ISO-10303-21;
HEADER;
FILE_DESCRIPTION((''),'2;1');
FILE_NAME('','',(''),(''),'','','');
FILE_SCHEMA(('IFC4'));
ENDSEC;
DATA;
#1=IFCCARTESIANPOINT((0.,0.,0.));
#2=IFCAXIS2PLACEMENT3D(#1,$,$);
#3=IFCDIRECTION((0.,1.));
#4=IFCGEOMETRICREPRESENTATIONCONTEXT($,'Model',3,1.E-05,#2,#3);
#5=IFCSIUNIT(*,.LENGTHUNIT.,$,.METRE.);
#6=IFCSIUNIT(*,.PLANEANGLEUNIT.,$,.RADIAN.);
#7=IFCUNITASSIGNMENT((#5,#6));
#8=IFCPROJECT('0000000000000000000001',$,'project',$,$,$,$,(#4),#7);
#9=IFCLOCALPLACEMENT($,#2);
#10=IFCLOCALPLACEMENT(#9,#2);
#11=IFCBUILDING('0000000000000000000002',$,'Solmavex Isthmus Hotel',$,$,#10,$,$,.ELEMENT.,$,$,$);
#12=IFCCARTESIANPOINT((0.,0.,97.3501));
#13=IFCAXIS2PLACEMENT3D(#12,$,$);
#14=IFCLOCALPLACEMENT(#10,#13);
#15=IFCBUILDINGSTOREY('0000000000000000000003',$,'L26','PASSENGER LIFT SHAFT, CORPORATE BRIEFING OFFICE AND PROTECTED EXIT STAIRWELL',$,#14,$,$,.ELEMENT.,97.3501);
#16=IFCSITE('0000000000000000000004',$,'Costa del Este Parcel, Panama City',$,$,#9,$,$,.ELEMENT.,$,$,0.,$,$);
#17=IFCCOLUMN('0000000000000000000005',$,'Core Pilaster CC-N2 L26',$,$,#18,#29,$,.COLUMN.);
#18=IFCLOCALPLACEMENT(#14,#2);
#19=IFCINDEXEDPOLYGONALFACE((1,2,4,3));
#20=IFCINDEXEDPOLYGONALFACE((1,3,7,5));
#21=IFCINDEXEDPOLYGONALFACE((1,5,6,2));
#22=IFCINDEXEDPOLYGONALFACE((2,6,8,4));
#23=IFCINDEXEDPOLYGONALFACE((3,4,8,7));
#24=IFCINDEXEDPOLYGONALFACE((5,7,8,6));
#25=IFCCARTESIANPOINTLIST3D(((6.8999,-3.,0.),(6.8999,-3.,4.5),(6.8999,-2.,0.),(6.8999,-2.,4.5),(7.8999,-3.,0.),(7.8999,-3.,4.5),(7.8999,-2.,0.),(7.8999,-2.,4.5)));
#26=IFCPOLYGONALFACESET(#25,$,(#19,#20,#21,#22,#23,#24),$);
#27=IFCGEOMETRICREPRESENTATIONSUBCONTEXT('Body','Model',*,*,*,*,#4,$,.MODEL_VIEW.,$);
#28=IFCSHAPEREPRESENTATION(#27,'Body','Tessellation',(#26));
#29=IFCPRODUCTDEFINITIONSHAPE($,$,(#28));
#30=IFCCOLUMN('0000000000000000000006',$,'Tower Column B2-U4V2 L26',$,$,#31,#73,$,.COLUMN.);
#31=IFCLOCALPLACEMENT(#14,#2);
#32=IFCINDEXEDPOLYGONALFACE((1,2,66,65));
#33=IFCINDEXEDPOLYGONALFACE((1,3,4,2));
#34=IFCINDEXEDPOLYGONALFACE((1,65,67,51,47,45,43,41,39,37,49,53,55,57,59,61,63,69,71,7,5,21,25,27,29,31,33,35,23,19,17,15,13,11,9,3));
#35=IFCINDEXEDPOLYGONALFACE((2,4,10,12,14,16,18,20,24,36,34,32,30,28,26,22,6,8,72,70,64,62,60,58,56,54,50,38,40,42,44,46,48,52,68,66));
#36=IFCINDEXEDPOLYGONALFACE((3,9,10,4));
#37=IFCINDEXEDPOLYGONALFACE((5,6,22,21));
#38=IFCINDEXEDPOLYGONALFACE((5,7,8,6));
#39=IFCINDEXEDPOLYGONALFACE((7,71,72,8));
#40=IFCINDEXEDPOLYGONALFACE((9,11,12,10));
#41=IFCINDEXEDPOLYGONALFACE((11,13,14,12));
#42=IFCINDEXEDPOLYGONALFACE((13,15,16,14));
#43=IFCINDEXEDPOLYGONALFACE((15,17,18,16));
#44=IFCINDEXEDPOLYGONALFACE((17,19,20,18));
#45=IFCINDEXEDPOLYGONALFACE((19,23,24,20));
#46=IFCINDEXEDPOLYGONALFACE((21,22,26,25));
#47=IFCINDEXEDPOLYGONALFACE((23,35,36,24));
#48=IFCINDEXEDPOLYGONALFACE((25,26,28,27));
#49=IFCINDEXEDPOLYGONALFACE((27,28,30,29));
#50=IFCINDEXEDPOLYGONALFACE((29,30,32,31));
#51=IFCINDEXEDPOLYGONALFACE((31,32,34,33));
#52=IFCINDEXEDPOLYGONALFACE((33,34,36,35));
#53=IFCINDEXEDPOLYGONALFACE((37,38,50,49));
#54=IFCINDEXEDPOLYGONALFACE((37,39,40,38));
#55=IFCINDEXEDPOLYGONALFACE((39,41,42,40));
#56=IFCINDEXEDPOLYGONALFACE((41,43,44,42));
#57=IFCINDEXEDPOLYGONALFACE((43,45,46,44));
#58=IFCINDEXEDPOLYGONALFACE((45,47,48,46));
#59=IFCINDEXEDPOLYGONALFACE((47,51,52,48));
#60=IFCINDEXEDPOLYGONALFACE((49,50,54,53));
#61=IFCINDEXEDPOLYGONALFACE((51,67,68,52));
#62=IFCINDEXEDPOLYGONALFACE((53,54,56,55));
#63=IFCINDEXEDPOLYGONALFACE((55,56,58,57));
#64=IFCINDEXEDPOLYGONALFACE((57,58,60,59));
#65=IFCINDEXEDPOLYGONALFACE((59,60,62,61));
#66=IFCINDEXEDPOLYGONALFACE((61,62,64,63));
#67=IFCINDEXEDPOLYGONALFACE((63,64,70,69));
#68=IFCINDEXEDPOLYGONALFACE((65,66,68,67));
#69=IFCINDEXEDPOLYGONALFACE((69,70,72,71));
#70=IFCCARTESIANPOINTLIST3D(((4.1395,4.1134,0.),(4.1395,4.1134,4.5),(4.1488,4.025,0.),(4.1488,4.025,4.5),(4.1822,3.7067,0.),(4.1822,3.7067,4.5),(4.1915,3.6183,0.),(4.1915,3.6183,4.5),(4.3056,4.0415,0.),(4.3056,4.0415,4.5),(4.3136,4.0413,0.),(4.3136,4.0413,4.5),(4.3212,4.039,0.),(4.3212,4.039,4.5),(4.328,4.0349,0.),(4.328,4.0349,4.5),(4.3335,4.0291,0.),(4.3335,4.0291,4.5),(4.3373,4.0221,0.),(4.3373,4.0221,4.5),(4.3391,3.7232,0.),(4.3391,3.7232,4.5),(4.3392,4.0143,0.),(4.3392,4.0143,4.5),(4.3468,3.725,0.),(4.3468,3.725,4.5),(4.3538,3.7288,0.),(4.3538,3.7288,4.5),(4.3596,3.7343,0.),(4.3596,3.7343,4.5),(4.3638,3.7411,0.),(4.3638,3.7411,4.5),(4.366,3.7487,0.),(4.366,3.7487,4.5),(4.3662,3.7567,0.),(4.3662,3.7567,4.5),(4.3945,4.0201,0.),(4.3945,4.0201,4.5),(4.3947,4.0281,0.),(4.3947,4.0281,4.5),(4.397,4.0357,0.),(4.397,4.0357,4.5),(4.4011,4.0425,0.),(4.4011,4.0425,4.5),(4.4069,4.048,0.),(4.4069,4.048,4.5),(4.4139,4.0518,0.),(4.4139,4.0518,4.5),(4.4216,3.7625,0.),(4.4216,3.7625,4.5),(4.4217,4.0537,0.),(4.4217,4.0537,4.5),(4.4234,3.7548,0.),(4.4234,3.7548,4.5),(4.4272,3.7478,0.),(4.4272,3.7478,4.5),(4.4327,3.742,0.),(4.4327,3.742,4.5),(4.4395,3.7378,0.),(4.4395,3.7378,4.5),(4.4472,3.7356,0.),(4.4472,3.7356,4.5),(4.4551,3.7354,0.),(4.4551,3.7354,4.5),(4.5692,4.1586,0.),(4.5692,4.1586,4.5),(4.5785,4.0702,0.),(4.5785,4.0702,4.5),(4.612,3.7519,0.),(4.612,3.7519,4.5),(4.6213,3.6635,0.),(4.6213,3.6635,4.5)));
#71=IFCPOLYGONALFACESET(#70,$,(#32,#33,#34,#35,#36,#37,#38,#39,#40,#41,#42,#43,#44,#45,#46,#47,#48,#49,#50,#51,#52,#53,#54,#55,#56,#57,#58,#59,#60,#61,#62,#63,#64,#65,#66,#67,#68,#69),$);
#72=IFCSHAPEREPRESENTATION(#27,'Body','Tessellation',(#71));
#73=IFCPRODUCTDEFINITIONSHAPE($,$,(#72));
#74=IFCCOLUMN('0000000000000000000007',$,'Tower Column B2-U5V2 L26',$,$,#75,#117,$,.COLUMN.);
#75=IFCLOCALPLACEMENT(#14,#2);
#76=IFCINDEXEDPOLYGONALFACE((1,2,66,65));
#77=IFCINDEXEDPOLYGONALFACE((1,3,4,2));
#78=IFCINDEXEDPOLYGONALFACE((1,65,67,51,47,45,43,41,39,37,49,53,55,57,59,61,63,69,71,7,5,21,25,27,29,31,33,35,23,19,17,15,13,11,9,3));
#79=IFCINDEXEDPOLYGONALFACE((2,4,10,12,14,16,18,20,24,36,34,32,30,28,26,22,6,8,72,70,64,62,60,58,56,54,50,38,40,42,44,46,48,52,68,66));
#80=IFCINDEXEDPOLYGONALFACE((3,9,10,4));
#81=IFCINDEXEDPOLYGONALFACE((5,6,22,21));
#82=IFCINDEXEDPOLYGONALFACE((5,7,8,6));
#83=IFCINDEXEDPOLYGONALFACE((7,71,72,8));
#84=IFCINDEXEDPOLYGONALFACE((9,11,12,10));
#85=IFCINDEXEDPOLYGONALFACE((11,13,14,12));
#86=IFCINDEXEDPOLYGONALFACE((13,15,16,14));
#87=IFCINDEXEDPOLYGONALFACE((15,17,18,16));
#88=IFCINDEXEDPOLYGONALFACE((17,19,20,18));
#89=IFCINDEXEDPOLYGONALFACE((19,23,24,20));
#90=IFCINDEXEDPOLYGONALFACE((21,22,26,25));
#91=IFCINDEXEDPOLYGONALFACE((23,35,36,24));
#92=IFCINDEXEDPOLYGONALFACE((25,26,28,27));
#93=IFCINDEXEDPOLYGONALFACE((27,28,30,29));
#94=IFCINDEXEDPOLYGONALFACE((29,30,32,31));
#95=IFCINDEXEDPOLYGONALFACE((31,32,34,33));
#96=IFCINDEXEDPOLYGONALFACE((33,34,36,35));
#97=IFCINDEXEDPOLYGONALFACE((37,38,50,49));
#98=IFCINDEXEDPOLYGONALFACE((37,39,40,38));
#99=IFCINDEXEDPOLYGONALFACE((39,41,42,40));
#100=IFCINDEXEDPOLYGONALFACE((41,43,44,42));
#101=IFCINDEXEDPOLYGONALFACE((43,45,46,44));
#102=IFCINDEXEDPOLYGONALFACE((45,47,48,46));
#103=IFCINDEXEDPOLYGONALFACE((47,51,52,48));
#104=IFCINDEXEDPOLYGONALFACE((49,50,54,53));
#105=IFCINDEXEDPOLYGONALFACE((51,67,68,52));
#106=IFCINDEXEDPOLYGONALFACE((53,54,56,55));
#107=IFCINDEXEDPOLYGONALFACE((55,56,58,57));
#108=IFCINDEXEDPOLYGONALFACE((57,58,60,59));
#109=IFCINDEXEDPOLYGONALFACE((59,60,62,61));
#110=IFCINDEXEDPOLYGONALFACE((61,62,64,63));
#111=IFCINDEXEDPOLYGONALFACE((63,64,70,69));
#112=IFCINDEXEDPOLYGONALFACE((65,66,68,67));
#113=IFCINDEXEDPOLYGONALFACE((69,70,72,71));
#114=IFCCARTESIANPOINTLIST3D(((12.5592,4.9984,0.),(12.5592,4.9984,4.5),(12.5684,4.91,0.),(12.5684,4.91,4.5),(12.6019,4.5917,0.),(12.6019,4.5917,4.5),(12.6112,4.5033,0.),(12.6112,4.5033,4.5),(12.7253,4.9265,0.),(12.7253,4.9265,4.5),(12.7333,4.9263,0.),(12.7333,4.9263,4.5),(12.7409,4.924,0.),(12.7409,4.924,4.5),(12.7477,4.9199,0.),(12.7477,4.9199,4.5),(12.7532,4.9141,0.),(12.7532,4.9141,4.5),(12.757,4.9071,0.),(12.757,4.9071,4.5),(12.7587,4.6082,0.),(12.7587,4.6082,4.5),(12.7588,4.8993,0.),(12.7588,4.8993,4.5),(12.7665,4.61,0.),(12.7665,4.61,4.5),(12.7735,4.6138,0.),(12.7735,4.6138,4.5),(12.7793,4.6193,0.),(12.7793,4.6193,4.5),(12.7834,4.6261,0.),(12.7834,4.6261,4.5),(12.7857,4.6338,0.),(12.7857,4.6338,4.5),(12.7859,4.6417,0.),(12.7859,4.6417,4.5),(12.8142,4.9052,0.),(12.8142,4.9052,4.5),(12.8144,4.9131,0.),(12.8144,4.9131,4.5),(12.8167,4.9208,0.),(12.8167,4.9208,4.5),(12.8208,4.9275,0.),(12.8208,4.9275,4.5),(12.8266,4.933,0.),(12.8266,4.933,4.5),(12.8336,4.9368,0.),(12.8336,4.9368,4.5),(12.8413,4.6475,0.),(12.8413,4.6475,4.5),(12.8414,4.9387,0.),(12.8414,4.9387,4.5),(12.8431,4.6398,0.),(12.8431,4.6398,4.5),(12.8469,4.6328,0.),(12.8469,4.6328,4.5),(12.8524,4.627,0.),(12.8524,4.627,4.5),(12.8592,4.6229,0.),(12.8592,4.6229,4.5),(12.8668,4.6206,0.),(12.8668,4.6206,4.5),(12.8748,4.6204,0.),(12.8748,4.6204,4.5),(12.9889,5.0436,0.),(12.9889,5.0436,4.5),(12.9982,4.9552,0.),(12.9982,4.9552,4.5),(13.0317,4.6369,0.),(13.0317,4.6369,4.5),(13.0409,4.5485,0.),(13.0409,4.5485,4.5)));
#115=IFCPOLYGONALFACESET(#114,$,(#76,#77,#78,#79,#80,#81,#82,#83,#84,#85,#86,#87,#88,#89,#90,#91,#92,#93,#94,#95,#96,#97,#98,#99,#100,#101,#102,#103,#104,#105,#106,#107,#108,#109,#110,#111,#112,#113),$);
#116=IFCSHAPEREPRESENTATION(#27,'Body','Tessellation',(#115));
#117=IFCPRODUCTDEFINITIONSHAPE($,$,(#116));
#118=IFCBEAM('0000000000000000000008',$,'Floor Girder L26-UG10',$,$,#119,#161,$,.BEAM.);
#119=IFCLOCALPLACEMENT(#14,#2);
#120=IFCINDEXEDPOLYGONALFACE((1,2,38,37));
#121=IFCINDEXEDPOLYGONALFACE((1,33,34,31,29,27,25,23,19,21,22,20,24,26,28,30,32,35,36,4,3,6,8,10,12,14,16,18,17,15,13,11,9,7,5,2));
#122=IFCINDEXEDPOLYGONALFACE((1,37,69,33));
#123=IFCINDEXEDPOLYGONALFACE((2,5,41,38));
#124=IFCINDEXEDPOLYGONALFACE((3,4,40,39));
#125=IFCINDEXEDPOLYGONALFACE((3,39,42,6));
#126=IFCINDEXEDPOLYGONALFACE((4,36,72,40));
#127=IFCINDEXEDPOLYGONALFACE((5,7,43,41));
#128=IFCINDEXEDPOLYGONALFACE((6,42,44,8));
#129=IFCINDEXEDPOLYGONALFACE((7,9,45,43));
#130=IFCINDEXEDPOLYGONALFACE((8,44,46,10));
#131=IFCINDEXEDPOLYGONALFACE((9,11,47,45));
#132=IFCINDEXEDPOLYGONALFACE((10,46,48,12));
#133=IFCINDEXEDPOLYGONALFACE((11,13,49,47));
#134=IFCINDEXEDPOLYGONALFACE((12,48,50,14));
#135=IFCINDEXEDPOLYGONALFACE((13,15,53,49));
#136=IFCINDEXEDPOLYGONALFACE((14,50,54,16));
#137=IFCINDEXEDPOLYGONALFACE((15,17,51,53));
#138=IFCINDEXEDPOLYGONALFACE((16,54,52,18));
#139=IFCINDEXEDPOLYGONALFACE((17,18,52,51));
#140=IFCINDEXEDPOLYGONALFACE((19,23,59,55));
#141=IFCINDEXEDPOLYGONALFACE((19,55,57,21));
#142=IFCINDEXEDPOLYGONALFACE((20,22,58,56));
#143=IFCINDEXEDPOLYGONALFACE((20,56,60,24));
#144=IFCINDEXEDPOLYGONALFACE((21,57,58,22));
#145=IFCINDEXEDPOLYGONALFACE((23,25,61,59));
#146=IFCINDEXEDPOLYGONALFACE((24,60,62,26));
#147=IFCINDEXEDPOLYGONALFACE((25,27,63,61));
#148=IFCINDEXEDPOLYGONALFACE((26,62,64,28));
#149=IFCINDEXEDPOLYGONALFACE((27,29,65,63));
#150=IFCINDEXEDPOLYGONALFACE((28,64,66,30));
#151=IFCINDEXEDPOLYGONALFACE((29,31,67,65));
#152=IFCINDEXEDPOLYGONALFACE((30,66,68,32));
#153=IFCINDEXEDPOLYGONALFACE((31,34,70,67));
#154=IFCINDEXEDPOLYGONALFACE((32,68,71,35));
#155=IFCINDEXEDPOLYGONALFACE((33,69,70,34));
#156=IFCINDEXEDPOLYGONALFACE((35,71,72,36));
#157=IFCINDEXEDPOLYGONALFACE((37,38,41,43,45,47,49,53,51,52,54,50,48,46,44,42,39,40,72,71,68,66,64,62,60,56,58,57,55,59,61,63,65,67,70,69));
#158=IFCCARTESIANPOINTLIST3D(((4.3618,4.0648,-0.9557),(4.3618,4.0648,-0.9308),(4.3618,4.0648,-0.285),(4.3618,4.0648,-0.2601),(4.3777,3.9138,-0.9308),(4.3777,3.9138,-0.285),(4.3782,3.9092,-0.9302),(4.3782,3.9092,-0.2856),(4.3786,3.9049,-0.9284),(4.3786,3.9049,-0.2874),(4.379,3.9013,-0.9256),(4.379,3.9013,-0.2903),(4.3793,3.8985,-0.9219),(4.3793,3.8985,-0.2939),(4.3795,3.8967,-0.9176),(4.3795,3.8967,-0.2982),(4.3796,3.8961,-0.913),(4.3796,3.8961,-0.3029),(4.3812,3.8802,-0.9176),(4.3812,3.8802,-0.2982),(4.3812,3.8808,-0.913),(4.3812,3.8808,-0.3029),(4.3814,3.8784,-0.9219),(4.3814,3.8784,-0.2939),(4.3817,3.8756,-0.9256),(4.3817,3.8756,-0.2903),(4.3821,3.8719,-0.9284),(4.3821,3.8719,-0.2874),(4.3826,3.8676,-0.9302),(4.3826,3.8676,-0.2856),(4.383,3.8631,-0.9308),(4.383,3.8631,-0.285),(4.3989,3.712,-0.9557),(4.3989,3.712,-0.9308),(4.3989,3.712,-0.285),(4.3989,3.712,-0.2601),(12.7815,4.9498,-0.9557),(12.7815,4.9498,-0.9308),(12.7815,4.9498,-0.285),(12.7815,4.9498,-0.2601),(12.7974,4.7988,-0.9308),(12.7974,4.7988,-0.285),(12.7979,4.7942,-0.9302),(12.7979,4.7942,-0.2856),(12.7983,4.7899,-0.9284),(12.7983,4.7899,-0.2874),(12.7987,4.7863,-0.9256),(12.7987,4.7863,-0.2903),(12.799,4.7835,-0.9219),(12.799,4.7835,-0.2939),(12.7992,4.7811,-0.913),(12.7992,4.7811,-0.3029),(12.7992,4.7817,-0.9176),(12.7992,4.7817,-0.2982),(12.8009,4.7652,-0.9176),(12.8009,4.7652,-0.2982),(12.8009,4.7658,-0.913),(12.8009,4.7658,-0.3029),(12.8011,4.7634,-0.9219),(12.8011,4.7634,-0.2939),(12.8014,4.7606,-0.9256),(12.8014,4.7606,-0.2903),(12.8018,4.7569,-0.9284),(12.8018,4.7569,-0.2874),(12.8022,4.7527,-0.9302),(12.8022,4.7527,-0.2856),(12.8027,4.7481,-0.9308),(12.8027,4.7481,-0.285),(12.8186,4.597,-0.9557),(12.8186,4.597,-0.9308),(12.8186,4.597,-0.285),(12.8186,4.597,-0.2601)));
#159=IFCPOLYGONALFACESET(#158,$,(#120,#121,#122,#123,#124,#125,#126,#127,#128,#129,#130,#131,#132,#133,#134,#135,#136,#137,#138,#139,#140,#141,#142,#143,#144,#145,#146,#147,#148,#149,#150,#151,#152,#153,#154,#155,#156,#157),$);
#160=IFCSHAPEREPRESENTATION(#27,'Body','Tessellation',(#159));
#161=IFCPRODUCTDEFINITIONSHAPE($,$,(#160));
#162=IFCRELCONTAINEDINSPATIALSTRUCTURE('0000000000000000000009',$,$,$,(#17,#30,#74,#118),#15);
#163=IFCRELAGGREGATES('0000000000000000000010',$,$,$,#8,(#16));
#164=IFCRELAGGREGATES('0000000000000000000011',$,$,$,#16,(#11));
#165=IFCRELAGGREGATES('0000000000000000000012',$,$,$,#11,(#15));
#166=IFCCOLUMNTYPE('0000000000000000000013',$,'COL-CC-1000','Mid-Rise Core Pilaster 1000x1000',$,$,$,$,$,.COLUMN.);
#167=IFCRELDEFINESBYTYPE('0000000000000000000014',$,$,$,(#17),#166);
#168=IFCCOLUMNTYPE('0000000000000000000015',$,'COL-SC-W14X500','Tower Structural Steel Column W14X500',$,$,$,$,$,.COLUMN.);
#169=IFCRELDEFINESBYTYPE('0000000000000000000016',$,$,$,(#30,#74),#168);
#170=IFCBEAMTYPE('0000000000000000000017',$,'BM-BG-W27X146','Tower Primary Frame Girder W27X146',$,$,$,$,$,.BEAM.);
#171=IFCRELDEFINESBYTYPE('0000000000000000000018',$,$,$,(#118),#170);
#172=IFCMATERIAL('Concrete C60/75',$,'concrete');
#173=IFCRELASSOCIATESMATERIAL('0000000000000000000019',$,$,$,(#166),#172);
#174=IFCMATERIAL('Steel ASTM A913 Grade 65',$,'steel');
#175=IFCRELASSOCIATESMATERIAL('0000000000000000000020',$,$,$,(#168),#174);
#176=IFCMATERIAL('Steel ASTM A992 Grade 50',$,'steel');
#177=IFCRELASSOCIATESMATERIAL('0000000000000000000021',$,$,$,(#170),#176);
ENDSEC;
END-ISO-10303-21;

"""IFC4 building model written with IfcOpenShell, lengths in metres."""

from ifc_helpers import new_model, si_unit, direction, frame, origin, origin_2d, place, context, subcontext, project, spatial, rectangle, i_section, extrude, material, material_profile, profile_set, type_object, element, save


model = new_model("IFC4")

# Units and contexts
model_context = context("Model", 3, precision=1e-05, world=origin(), true_north=direction((0.0, 1.0)))
body_context = subcontext(model_context, "Body", "Model", "MODEL_VIEW")
ifc_project = project(units=[si_unit("LENGTHUNIT", "METRE"), si_unit("PLANEANGLEUNIT", "RADIAN")], contexts=[model_context])

# Site, building, storey
site_placement = place(None, origin())
site = spatial("IfcSite", under=ifc_project, at=site_placement, Name="Costa del Este Parcel, Panama City", CompositionType="ELEMENT", RefElevation=0.0)
building_placement = place(site_placement, origin())
building = spatial("IfcBuilding", under=site, at=building_placement, Name="Solmavex Isthmus Hotel", CompositionType="ELEMENT")
storey_placement = place(building_placement, frame((0.0, 0.0, 97.3501)))
storey = spatial("IfcBuildingStorey", under=building, at=storey_placement, Name="L26", Description="PASSENGER LIFT SHAFT, CORPORATE BRIEFING OFFICE AND PROTECTED EXIT STAIRWELL", CompositionType="ELEMENT", Elevation=97.3501)

# Columns
ifc_material_1 = material(Name="Concrete C60/75", Category="concrete")
ifc_material_profile_1 = material_profile(ifc_material_1, rectangle(XDim=1.0, YDim=1.0, at=origin_2d()), Name="RC1000X1000")
ifc_profile_set_1 = profile_set([ifc_material_profile_1], Name="Concrete C60/75")
column_type_1 = type_object("IfcColumnType", Name="COL-CC-1000", Description="Mid-Rise Core Pilaster 1000x1000", PredefinedType="COLUMN", material=ifc_profile_set_1)
column_placement = place(storey_placement, frame((7.3999, -2.5, 0.0), z_axis=(0.0, 0.0, 1.0), x_axis=(1.0, 0.0, 0.0)))
element("IfcColumn", 1, at=column_placement, inside=storey, type_object=column_type_1, Name="Core Pilaster CC-N2 L26", PredefinedType="COLUMN", context=body_context, shape_type="SweptSolid", body=[
    extrude(rectangle(XDim=1.0, YDim=1.0, at=origin_2d()), origin(), (0.0, 0.0, 1.0), 4.5),
])
ifc_material_2 = material(Name="Steel ASTM A913 Grade 65", Category="steel")
ifc_material_profile_2 = material_profile(ifc_material_2, i_section(OverallWidth=0.4321, OverallDepth=0.4978, WebThickness=0.0557, FlangeThickness=0.0889, FilletRadius=0.0305, at=origin_2d()), Name="W14X500")
ifc_profile_set_2 = profile_set([ifc_material_profile_2], Name="Steel ASTM A913 Grade 65")
column_type_2 = type_object("IfcColumnType", Name="COL-SC-W14X500", Description="Tower Structural Steel Column W14X500", PredefinedType="COLUMN", material=ifc_profile_set_2)
for number, where, z_axis, x_axis, name in (
    (2, (4.3804, 3.8884, 0.0), (0.0, 0.0, 1.0), (0.994522, 0.104528, 0.0), "Tower Column B2-U4V2 L26"),
    (3, (12.8, 4.7734, 0.0), (0.0, 0.0, 1.0), (0.994522, 0.104528, 0.0), "Tower Column B2-U5V2 L26"),
):
    element("IfcColumn", number, at=place(storey_placement, frame(where, z_axis=z_axis, x_axis=x_axis)), inside=storey, type_object=column_type_2, Name=name, PredefinedType="COLUMN", context=body_context, shape_type="SweptSolid", body=[
        extrude(i_section(OverallWidth=0.4321, OverallDepth=0.4978, WebThickness=0.0557, FlangeThickness=0.0889, FilletRadius=0.0305, at=origin_2d()), origin(), (0.0, 0.0, 1.0), 4.5),
    ])

# Beam
ifc_material_3 = material(Name="Steel ASTM A992 Grade 50", Category="steel")
ifc_material_profile_3 = material_profile(ifc_material_3, i_section(OverallWidth=0.3547, OverallDepth=0.6956, WebThickness=0.0154, FlangeThickness=0.0249, FilletRadius=0.0178, at=origin_2d()), Name="W27X146")
ifc_profile_set_3 = profile_set([ifc_material_profile_3], Name="Steel ASTM A992 Grade 50")
beam_type_1 = type_object("IfcBeamType", Name="BM-BG-W27X146", Description="Tower Primary Frame Girder W27X146", PredefinedType="BEAM", material=ifc_profile_set_3)
for number, where, z_axis, x_axis, name in (
    (4, (4.3804, 3.8884, -0.6079), (0.994521, 0.104536, 0.0), (-0.104536, 0.994521, 0.0), "Floor Girder L26-UG10"),
):
    element("IfcBeam", number, at=place(storey_placement, frame(where, z_axis=z_axis, x_axis=x_axis)), inside=storey, type_object=beam_type_1, Name=name, PredefinedType="BEAM", context=body_context, shape_type="SweptSolid", body=[
        extrude(i_section(OverallWidth=0.3547, OverallDepth=0.6956, WebThickness=0.0154, FlangeThickness=0.0249, FilletRadius=0.0178, at=origin_2d()), origin(), (0.0, 0.0, 1.0), 8.4661),
    ])

save(model, "model.ifc")
